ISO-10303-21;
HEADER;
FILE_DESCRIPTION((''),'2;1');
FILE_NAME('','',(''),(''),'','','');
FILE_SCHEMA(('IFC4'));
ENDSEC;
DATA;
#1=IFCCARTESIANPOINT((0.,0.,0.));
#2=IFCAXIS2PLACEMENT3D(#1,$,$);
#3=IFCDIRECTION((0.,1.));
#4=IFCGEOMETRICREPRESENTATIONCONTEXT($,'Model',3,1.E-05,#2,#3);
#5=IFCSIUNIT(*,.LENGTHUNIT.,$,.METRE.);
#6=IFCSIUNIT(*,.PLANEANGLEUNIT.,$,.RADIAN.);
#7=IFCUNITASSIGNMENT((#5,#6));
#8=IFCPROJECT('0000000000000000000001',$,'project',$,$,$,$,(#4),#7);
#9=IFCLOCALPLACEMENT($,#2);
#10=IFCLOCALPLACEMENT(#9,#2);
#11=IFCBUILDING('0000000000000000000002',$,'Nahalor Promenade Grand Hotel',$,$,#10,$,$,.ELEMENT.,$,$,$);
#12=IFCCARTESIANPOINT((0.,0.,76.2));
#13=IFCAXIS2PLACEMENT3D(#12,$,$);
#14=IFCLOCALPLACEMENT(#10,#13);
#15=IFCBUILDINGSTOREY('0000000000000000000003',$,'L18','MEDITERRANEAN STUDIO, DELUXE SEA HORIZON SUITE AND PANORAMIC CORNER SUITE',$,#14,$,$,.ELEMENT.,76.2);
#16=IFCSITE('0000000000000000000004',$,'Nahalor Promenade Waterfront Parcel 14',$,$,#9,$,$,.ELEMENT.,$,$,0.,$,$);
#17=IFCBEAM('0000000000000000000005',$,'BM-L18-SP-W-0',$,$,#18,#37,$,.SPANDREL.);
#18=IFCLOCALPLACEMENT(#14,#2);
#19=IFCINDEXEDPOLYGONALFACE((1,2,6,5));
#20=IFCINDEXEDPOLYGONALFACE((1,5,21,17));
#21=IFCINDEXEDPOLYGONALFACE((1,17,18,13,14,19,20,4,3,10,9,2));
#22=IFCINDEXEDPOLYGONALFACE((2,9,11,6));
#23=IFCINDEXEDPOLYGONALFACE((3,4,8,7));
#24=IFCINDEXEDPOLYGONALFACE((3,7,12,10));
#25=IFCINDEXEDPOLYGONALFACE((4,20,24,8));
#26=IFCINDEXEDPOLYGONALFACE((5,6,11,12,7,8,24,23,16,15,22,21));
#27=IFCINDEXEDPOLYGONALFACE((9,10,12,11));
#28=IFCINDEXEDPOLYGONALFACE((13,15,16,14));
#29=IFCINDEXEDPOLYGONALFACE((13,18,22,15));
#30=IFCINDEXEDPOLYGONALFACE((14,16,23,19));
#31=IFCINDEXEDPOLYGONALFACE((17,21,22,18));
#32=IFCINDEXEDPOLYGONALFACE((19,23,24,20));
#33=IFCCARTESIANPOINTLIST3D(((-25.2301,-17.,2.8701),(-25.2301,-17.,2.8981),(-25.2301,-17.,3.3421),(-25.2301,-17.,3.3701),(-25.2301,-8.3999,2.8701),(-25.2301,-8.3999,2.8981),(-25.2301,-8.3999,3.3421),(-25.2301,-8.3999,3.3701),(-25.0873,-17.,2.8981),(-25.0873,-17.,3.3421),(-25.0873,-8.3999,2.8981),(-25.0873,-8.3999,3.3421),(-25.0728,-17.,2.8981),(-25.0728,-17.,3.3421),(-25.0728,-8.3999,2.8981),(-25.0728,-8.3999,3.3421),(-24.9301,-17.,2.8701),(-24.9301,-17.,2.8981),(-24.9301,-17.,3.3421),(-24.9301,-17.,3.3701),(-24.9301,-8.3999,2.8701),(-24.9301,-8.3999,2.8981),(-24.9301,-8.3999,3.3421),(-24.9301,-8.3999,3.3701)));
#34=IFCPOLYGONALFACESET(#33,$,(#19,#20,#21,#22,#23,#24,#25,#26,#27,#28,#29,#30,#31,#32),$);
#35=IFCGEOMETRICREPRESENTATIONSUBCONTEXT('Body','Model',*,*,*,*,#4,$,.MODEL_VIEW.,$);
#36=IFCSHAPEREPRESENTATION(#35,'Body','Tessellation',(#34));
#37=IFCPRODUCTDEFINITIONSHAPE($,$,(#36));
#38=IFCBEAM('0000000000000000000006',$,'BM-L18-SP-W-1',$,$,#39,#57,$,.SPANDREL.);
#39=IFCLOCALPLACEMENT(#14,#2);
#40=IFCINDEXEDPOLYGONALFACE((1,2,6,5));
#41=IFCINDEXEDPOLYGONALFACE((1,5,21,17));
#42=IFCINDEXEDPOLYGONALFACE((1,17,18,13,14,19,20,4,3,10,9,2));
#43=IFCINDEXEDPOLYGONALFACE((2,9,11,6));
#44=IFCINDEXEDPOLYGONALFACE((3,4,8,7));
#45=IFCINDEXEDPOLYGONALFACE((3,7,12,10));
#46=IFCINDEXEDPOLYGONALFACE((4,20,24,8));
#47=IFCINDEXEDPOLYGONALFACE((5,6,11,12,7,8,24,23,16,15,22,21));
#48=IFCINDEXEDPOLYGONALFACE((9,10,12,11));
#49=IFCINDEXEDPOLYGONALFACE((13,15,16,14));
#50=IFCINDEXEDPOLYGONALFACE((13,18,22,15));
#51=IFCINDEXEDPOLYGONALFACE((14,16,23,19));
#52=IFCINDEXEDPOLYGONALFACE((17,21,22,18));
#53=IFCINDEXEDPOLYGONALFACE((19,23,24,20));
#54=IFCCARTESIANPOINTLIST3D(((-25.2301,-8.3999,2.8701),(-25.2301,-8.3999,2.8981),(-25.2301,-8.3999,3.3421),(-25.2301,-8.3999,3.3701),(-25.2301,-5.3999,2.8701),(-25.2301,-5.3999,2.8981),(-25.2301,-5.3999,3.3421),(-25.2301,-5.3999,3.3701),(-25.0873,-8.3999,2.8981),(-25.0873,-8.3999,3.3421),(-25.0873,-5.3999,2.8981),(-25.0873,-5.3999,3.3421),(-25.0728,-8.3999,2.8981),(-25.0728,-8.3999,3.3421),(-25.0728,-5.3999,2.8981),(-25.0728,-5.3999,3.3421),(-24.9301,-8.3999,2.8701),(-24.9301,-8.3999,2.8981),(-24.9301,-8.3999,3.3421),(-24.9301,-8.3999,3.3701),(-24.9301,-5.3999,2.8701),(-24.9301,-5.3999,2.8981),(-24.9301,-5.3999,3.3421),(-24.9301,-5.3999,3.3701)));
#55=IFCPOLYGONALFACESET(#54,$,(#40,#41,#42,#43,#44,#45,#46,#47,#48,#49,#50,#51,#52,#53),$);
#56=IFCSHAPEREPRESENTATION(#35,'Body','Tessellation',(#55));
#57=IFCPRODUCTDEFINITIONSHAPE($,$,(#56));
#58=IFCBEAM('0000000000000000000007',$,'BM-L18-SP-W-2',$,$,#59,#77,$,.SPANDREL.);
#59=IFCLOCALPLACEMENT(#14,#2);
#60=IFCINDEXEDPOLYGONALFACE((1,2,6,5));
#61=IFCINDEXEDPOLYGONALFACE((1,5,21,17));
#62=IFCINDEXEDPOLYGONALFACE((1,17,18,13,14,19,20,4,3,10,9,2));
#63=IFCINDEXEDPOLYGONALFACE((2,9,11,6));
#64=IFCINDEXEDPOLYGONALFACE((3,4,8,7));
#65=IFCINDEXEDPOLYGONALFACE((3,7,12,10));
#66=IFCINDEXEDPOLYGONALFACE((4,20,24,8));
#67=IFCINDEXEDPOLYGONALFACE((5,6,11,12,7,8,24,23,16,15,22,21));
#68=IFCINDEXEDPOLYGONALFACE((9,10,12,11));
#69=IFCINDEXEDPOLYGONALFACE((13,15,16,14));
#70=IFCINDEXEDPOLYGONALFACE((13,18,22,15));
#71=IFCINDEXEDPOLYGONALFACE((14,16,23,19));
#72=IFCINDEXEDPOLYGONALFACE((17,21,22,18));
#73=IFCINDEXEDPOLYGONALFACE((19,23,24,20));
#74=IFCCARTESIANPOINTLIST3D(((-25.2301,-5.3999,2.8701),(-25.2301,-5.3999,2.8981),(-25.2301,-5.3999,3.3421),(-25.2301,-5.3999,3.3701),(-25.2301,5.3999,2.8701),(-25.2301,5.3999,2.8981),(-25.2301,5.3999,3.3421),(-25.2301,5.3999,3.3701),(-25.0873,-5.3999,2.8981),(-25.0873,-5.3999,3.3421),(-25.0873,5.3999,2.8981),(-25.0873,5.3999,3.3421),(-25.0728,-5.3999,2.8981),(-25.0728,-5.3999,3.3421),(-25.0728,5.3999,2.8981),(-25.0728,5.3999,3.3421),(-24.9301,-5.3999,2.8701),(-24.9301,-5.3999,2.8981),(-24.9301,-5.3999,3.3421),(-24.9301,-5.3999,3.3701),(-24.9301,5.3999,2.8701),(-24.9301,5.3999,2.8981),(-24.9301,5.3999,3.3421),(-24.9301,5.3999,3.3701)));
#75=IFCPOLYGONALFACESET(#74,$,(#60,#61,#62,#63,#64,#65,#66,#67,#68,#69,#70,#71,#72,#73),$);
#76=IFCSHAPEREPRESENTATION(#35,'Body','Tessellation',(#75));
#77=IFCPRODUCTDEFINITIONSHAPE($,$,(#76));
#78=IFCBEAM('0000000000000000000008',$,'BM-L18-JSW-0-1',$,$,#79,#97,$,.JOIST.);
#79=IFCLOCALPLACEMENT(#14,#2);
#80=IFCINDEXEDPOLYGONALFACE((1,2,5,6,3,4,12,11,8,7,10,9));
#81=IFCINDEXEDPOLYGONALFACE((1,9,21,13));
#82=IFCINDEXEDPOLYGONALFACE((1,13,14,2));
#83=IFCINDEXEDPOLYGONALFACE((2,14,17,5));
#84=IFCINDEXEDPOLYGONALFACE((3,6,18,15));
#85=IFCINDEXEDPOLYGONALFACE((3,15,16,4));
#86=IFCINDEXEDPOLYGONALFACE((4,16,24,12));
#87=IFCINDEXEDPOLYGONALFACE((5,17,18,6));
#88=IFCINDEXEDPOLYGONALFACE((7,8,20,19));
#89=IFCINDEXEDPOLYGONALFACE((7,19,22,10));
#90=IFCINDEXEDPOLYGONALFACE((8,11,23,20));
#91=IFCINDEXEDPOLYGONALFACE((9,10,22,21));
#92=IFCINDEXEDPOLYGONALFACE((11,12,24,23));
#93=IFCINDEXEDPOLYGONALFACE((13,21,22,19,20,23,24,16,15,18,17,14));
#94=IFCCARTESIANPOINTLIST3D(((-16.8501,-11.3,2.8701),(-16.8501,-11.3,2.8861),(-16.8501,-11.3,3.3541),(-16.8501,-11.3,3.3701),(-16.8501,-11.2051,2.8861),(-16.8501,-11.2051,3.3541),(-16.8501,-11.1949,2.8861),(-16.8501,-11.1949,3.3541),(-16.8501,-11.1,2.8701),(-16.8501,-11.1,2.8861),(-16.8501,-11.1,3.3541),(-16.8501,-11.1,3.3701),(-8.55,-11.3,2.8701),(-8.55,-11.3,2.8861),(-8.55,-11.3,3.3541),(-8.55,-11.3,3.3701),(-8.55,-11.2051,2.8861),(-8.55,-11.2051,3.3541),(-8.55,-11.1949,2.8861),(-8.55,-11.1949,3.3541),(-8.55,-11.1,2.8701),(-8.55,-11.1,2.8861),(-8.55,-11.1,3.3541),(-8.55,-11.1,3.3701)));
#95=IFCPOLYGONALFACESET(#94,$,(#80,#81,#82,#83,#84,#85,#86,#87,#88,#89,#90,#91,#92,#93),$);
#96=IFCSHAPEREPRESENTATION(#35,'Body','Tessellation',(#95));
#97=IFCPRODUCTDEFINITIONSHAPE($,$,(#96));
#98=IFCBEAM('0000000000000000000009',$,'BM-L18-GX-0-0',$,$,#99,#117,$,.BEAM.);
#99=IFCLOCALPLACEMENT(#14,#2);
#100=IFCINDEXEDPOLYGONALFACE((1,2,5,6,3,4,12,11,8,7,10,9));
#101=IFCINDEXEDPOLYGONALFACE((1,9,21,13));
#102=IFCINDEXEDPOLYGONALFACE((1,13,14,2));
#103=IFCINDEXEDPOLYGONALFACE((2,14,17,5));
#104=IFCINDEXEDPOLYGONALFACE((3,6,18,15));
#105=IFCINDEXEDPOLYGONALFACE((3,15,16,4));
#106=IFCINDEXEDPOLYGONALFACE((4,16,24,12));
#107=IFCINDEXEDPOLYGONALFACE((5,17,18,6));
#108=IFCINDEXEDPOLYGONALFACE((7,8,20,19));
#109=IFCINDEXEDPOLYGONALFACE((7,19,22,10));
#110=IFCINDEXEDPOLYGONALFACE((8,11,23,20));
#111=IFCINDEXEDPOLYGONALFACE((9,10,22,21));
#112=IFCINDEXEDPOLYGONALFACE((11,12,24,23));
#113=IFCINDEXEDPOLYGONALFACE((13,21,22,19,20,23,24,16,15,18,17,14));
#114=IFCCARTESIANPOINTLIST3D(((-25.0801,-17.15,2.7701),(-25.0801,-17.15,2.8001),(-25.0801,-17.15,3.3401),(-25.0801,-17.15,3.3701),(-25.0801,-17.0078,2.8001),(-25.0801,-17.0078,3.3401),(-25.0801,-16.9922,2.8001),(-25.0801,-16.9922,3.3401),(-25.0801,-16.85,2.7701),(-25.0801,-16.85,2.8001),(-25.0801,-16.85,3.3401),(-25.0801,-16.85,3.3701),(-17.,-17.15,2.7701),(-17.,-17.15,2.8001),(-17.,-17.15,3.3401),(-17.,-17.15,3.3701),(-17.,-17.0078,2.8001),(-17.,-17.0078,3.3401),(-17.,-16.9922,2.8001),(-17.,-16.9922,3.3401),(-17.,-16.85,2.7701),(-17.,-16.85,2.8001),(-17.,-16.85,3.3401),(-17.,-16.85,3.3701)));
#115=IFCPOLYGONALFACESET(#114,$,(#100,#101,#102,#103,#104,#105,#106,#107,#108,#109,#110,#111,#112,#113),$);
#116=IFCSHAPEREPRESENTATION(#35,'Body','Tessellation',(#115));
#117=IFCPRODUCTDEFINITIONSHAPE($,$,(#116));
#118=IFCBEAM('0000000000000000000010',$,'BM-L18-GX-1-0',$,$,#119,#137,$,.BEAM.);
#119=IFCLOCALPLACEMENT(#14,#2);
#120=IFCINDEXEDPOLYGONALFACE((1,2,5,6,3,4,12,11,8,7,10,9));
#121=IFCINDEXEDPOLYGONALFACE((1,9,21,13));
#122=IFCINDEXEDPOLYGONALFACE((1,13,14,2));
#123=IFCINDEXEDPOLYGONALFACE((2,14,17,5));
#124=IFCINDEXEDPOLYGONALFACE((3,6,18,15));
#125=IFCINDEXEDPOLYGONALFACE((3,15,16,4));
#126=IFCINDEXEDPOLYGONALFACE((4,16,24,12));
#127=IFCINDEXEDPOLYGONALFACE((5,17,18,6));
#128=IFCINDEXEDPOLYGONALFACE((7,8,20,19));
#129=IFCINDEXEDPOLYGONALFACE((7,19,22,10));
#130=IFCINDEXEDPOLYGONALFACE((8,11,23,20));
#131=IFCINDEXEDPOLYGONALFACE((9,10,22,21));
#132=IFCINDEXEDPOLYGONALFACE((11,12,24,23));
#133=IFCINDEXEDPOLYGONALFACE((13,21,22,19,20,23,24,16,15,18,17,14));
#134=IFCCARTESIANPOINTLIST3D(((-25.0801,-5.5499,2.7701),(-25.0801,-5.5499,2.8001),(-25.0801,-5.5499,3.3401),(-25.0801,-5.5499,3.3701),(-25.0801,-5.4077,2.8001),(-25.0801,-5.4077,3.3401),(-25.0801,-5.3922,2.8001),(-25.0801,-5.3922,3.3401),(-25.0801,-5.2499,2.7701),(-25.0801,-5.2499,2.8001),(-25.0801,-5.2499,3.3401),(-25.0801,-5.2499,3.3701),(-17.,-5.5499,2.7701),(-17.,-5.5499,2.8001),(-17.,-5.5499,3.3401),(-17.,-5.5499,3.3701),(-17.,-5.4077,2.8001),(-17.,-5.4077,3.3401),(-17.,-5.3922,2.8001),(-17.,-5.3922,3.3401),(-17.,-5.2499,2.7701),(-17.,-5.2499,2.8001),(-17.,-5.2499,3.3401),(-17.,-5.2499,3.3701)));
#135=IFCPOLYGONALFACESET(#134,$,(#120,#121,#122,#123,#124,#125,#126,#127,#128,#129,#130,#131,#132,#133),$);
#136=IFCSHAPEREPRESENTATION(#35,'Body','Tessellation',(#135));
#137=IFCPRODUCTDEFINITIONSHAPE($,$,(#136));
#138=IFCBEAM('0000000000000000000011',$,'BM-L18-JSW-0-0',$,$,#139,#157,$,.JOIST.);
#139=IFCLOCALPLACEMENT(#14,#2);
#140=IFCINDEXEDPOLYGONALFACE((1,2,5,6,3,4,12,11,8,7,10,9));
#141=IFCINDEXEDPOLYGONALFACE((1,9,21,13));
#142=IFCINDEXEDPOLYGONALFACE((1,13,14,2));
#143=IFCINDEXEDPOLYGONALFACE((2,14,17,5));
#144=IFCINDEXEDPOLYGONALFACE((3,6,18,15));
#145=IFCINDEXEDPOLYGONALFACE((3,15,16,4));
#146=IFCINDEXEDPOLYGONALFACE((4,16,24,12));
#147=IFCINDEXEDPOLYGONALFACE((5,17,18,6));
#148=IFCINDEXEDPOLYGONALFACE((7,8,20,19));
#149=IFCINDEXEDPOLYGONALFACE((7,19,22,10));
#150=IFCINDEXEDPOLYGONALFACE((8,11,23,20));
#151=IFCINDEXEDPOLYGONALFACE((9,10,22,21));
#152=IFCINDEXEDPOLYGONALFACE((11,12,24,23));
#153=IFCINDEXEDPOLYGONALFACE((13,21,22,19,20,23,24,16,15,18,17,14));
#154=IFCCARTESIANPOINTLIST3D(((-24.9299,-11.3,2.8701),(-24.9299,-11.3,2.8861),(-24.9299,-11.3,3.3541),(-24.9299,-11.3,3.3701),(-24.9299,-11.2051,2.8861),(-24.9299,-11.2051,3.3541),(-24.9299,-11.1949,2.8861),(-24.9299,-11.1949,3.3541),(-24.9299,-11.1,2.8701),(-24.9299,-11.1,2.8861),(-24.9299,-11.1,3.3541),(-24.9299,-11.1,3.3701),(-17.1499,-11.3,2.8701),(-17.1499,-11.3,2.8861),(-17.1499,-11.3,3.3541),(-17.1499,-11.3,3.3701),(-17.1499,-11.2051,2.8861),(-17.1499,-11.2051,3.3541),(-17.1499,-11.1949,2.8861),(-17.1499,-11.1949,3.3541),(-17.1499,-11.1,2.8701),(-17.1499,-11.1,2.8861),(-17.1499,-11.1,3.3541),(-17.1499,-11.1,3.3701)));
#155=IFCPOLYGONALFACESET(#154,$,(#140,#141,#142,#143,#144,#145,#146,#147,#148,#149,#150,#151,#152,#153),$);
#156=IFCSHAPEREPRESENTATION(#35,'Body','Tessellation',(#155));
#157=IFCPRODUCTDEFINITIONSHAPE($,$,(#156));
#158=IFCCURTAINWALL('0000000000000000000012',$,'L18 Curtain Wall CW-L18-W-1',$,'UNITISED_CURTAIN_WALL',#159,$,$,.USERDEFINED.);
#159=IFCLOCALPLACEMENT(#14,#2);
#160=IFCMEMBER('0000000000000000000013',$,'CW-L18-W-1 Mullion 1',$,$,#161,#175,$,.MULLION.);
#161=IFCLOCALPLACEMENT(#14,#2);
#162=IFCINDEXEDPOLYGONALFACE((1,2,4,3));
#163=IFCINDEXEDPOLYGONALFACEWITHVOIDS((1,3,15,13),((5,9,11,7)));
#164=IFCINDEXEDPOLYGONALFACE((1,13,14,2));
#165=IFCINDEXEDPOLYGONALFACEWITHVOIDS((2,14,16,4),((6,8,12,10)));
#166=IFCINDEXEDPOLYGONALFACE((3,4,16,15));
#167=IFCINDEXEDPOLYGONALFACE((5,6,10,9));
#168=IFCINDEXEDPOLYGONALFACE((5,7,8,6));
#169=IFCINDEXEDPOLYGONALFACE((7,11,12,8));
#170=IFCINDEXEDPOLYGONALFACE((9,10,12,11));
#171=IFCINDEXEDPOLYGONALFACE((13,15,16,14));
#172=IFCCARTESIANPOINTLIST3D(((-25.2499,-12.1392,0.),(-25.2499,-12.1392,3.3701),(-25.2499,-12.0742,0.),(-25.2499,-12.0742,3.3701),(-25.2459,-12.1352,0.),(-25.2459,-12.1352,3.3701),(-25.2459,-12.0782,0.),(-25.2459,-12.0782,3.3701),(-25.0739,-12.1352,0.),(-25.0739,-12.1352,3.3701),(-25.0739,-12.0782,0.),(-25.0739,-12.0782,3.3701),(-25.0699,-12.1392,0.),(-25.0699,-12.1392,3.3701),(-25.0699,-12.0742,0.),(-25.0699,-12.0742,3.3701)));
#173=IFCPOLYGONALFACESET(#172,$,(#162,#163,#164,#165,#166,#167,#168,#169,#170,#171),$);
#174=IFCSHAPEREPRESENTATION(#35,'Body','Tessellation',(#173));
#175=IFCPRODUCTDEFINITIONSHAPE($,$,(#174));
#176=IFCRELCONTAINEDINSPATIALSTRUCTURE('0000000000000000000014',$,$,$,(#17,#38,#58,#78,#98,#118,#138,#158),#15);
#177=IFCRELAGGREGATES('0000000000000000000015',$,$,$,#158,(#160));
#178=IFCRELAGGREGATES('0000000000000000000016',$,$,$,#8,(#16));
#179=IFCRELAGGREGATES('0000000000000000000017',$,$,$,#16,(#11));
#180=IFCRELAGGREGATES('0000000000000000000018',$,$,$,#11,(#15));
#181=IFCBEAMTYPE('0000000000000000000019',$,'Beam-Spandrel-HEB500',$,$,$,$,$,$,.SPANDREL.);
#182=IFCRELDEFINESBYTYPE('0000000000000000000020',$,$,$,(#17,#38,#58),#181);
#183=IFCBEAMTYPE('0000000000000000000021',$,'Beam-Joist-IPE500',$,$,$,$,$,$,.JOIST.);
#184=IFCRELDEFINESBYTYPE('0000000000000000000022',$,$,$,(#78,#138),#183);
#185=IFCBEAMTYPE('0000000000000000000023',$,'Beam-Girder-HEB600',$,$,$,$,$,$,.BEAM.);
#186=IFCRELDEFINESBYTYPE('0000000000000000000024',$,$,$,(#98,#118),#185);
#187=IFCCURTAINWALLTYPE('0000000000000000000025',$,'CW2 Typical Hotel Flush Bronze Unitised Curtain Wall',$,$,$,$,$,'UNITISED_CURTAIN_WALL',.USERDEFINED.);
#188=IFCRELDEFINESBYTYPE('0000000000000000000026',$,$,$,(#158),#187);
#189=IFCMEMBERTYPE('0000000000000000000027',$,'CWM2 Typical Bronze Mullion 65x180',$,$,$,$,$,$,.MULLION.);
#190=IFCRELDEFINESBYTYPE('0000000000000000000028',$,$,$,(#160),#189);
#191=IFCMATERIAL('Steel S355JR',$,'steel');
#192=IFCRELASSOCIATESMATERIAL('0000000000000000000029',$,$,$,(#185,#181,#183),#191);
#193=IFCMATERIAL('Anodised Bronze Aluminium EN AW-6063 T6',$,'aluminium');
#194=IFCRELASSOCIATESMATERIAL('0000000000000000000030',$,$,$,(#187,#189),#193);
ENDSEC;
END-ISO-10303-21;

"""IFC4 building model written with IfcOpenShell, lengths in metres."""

from ifc_helpers import new_model, si_unit, direction, frame, origin, origin_2d, place, context, subcontext, project, spatial, hollow_rectangle, i_section, extrude, source, transform, mapped, material, material_profile, profile_set, type_object, element, aggregate, save


model = new_model("IFC4")

# Units and contexts
model_context = context("Model", 3, precision=1e-05, world=origin(), true_north=direction((0.0, 1.0)))
body_context = subcontext(model_context, "Body", "Model", "MODEL_VIEW")
ifc_project = project(units=[si_unit("LENGTHUNIT", "METRE"), si_unit("PLANEANGLEUNIT", "RADIAN")], contexts=[model_context])

# Site, building, storey
site_placement = place(None, origin())
site = spatial("IfcSite", under=ifc_project, at=site_placement, Name="Nahalor Promenade Waterfront Parcel 14", CompositionType="ELEMENT", RefElevation=0.0)
building_placement = place(site_placement, origin())
building = spatial("IfcBuilding", under=site, at=building_placement, Name="Nahalor Promenade Grand Hotel", CompositionType="ELEMENT")
storey_placement = place(building_placement, frame((0.0, 0.0, 76.2)))
storey = spatial("IfcBuildingStorey", under=building, at=storey_placement, Name="L18", Description="MEDITERRANEAN STUDIO, DELUXE SEA HORIZON SUITE AND PANORAMIC CORNER SUITE", CompositionType="ELEMENT", Elevation=76.2)

# Beams
ifc_material_1 = material(Name="Steel S355JR", Category="steel")
ifc_material_profile_1 = material_profile(ifc_material_1, i_section(OverallWidth=0.3, OverallDepth=0.6, WebThickness=0.0155, FlangeThickness=0.03, at=origin_2d()), Name="HEB 600")
ifc_profile_set_1 = profile_set([ifc_material_profile_1], Name="Steel S355JR")
beam_type_1 = type_object("IfcBeamType", Name="Beam-Girder-HEB600", PredefinedType="BEAM", material=ifc_profile_set_1)
ifc_material_profile_2 = material_profile(ifc_material_1, i_section(OverallWidth=0.3, OverallDepth=0.5, WebThickness=0.0145, FlangeThickness=0.028, at=origin_2d()), Name="HEB 500")
ifc_profile_set_2 = profile_set([ifc_material_profile_2], Name="Steel S355JR")
beam_type_2 = type_object("IfcBeamType", Name="Beam-Spandrel-HEB500", PredefinedType="SPANDREL", material=ifc_profile_set_2)
shared_shape_1 = source(origin(), body_context, "Body", "SweptSolid", [
    extrude(i_section(OverallWidth=0.3, OverallDepth=0.5, WebThickness=0.0145, FlangeThickness=0.028, at=origin_2d()), origin(), (0.0, 0.0, 1.0), 8.6001),
])
beam_1_placement = place(storey_placement, frame((-25.0801, -17.0, 3.1201), z_axis=(0.0, 1.0, 0.0), x_axis=(-1.0, 0.0, 0.0)))
element("IfcBeam", 1, at=beam_1_placement, inside=storey, type_object=beam_type_2, Name="BM-L18-SP-W-0", PredefinedType="SPANDREL", context=body_context, shape_type="MappedRepresentation", body=[
    mapped(shared_shape_1, transform((0.0, 0.0, 0.0), scale=1.0)),
])
shared_shape_2 = source(origin(), body_context, "Body", "SweptSolid", [
    extrude(i_section(OverallWidth=0.3, OverallDepth=0.5, WebThickness=0.0145, FlangeThickness=0.028, at=origin_2d()), origin(), (0.0, 0.0, 1.0), 3.0),
])
beam_2_placement = place(storey_placement, frame((-25.0801, -8.3999, 3.1201), z_axis=(0.0, 1.0, 0.0), x_axis=(-1.0, 0.0, 0.0)))
element("IfcBeam", 2, at=beam_2_placement, inside=storey, type_object=beam_type_2, Name="BM-L18-SP-W-1", PredefinedType="SPANDREL", context=body_context, shape_type="MappedRepresentation", body=[
    mapped(shared_shape_2, transform((0.0, 0.0, 0.0), scale=1.0)),
])
shared_shape_3 = source(origin(), body_context, "Body", "SweptSolid", [
    extrude(i_section(OverallWidth=0.3, OverallDepth=0.5, WebThickness=0.0145, FlangeThickness=0.028, at=origin_2d()), origin(), (0.0, 0.0, 1.0), 10.7998),
])
beam_3_placement = place(storey_placement, frame((-25.0801, -5.3999, 3.1201), z_axis=(0.0, 1.0, 0.0), x_axis=(-1.0, 0.0, 0.0)))
element("IfcBeam", 3, at=beam_3_placement, inside=storey, type_object=beam_type_2, Name="BM-L18-SP-W-2", PredefinedType="SPANDREL", context=body_context, shape_type="MappedRepresentation", body=[
    mapped(shared_shape_3, transform((0.0, 0.0, 0.0), scale=1.0)),
])
ifc_material_profile_3 = material_profile(ifc_material_1, i_section(OverallWidth=0.2, OverallDepth=0.5, WebThickness=0.0102, FlangeThickness=0.016, at=origin_2d()), Name="IPE 500")
ifc_profile_set_3 = profile_set([ifc_material_profile_3], Name="Steel S355JR")
beam_type_3 = type_object("IfcBeamType", Name="Beam-Joist-IPE500", PredefinedType="JOIST", material=ifc_profile_set_3)
shared_shape_4 = source(origin(), body_context, "Body", "SweptSolid", [
    extrude(i_section(OverallWidth=0.2, OverallDepth=0.5, WebThickness=0.0102, FlangeThickness=0.016, at=origin_2d()), origin(), (0.0, 0.0, 1.0), 8.3),
])
beam_4_placement = place(storey_placement, frame((-16.8501, -11.2, 3.1201), z_axis=(1.0, 0.0, 0.0), x_axis=(0.0, 1.0, 0.0)))
element("IfcBeam", 4, at=beam_4_placement, inside=storey, type_object=beam_type_3, Name="BM-L18-JSW-0-1", PredefinedType="JOIST", context=body_context, shape_type="MappedRepresentation", body=[
    mapped(shared_shape_4, transform((0.0, 0.0, 0.0), scale=1.0)),
])
shared_shape_5 = source(origin(), body_context, "Body", "SweptSolid", [
    extrude(i_section(OverallWidth=0.3, OverallDepth=0.6, WebThickness=0.0155, FlangeThickness=0.03, at=origin_2d()), origin(), (0.0, 0.0, 1.0), 8.0801),
])
for number, where, z_axis, x_axis, name in (
    (5, (-25.0801, -17.0, 3.0701), (1.0, 0.0, 0.0), (0.0, 1.0, 0.0), "BM-L18-GX-0-0"),
    (6, (-25.0801, -5.3999, 3.0701), (1.0, 0.0, 0.0), (0.0, 1.0, 0.0), "BM-L18-GX-1-0"),
):
    element("IfcBeam", number, at=place(storey_placement, frame(where, z_axis=z_axis, x_axis=x_axis)), inside=storey, type_object=beam_type_1, Name=name, PredefinedType="BEAM", context=body_context, shape_type="MappedRepresentation", body=[
        mapped(shared_shape_5, transform((0.0, 0.0, 0.0), scale=1.0)),
    ])
shared_shape_6 = source(origin(), body_context, "Body", "SweptSolid", [
    extrude(i_section(OverallWidth=0.2, OverallDepth=0.5, WebThickness=0.0102, FlangeThickness=0.016, at=origin_2d()), origin(), (0.0, 0.0, 1.0), 7.78),
])
beam_5_placement = place(storey_placement, frame((-24.9299, -11.2, 3.1201), z_axis=(1.0, 0.0, 0.0), x_axis=(0.0, 1.0, 0.0)))
element("IfcBeam", 7, at=beam_5_placement, inside=storey, type_object=beam_type_3, Name="BM-L18-JSW-0-0", PredefinedType="JOIST", context=body_context, shape_type="MappedRepresentation", body=[
    mapped(shared_shape_6, transform((0.0, 0.0, 0.0), scale=1.0)),
])

# Curtain wall, member
ifc_material_2 = material(Name="Anodised Bronze Aluminium EN AW-6063 T6", Category="aluminium")
curtain_wall_type = type_object("IfcCurtainWallType", Name="CW2 Typical Hotel Flush Bronze Unitised Curtain Wall", ElementType="UNITISED_CURTAIN_WALL", PredefinedType="USERDEFINED", material=ifc_material_2)
curtain_wall_placement = place(storey_placement, origin())
curtain_wall = element("IfcCurtainWall", 8, at=curtain_wall_placement, inside=storey, type_object=curtain_wall_type, Name="L18 Curtain Wall CW-L18-W-1", ObjectType="UNITISED_CURTAIN_WALL", PredefinedType="USERDEFINED")
ifc_material_profile_4 = material_profile(ifc_material_2, hollow_rectangle(XDim=0.065, YDim=0.18, WallThickness=0.004, at=origin_2d()), Name="CWM 65x180x4")
ifc_profile_set_4 = profile_set([ifc_material_profile_4], Name="Anodised Bronze Aluminium EN AW-6063 T6")
member_type_1 = type_object("IfcMemberType", Name="CWM2 Typical Bronze Mullion 65x180", PredefinedType="MULLION", material=ifc_profile_set_4)
shared_shape_7 = source(origin(), body_context, "Body", "SweptSolid", [
    extrude(hollow_rectangle(XDim=0.065, YDim=0.18, WallThickness=0.004, at=origin_2d()), origin(), (0.0, 0.0, 1.0), 3.3701),
])
member_1_placement = place(storey_placement, frame((-25.1599, -12.1067, 0.0), z_axis=(0.0, 0.0, 1.0), x_axis=(0.0, 1.0, 0.0)))
member_1 = element("IfcMember", 9, at=member_1_placement, type_object=member_type_1, Name="CW-L18-W-1 Mullion 1", PredefinedType="MULLION", context=body_context, shape_type="MappedRepresentation", body=[
    mapped(shared_shape_7, transform((0.0, 0.0, 0.0), scale=1.0)),
])
aggregate(curtain_wall, [member_1])

save(model, "model.ifc")
